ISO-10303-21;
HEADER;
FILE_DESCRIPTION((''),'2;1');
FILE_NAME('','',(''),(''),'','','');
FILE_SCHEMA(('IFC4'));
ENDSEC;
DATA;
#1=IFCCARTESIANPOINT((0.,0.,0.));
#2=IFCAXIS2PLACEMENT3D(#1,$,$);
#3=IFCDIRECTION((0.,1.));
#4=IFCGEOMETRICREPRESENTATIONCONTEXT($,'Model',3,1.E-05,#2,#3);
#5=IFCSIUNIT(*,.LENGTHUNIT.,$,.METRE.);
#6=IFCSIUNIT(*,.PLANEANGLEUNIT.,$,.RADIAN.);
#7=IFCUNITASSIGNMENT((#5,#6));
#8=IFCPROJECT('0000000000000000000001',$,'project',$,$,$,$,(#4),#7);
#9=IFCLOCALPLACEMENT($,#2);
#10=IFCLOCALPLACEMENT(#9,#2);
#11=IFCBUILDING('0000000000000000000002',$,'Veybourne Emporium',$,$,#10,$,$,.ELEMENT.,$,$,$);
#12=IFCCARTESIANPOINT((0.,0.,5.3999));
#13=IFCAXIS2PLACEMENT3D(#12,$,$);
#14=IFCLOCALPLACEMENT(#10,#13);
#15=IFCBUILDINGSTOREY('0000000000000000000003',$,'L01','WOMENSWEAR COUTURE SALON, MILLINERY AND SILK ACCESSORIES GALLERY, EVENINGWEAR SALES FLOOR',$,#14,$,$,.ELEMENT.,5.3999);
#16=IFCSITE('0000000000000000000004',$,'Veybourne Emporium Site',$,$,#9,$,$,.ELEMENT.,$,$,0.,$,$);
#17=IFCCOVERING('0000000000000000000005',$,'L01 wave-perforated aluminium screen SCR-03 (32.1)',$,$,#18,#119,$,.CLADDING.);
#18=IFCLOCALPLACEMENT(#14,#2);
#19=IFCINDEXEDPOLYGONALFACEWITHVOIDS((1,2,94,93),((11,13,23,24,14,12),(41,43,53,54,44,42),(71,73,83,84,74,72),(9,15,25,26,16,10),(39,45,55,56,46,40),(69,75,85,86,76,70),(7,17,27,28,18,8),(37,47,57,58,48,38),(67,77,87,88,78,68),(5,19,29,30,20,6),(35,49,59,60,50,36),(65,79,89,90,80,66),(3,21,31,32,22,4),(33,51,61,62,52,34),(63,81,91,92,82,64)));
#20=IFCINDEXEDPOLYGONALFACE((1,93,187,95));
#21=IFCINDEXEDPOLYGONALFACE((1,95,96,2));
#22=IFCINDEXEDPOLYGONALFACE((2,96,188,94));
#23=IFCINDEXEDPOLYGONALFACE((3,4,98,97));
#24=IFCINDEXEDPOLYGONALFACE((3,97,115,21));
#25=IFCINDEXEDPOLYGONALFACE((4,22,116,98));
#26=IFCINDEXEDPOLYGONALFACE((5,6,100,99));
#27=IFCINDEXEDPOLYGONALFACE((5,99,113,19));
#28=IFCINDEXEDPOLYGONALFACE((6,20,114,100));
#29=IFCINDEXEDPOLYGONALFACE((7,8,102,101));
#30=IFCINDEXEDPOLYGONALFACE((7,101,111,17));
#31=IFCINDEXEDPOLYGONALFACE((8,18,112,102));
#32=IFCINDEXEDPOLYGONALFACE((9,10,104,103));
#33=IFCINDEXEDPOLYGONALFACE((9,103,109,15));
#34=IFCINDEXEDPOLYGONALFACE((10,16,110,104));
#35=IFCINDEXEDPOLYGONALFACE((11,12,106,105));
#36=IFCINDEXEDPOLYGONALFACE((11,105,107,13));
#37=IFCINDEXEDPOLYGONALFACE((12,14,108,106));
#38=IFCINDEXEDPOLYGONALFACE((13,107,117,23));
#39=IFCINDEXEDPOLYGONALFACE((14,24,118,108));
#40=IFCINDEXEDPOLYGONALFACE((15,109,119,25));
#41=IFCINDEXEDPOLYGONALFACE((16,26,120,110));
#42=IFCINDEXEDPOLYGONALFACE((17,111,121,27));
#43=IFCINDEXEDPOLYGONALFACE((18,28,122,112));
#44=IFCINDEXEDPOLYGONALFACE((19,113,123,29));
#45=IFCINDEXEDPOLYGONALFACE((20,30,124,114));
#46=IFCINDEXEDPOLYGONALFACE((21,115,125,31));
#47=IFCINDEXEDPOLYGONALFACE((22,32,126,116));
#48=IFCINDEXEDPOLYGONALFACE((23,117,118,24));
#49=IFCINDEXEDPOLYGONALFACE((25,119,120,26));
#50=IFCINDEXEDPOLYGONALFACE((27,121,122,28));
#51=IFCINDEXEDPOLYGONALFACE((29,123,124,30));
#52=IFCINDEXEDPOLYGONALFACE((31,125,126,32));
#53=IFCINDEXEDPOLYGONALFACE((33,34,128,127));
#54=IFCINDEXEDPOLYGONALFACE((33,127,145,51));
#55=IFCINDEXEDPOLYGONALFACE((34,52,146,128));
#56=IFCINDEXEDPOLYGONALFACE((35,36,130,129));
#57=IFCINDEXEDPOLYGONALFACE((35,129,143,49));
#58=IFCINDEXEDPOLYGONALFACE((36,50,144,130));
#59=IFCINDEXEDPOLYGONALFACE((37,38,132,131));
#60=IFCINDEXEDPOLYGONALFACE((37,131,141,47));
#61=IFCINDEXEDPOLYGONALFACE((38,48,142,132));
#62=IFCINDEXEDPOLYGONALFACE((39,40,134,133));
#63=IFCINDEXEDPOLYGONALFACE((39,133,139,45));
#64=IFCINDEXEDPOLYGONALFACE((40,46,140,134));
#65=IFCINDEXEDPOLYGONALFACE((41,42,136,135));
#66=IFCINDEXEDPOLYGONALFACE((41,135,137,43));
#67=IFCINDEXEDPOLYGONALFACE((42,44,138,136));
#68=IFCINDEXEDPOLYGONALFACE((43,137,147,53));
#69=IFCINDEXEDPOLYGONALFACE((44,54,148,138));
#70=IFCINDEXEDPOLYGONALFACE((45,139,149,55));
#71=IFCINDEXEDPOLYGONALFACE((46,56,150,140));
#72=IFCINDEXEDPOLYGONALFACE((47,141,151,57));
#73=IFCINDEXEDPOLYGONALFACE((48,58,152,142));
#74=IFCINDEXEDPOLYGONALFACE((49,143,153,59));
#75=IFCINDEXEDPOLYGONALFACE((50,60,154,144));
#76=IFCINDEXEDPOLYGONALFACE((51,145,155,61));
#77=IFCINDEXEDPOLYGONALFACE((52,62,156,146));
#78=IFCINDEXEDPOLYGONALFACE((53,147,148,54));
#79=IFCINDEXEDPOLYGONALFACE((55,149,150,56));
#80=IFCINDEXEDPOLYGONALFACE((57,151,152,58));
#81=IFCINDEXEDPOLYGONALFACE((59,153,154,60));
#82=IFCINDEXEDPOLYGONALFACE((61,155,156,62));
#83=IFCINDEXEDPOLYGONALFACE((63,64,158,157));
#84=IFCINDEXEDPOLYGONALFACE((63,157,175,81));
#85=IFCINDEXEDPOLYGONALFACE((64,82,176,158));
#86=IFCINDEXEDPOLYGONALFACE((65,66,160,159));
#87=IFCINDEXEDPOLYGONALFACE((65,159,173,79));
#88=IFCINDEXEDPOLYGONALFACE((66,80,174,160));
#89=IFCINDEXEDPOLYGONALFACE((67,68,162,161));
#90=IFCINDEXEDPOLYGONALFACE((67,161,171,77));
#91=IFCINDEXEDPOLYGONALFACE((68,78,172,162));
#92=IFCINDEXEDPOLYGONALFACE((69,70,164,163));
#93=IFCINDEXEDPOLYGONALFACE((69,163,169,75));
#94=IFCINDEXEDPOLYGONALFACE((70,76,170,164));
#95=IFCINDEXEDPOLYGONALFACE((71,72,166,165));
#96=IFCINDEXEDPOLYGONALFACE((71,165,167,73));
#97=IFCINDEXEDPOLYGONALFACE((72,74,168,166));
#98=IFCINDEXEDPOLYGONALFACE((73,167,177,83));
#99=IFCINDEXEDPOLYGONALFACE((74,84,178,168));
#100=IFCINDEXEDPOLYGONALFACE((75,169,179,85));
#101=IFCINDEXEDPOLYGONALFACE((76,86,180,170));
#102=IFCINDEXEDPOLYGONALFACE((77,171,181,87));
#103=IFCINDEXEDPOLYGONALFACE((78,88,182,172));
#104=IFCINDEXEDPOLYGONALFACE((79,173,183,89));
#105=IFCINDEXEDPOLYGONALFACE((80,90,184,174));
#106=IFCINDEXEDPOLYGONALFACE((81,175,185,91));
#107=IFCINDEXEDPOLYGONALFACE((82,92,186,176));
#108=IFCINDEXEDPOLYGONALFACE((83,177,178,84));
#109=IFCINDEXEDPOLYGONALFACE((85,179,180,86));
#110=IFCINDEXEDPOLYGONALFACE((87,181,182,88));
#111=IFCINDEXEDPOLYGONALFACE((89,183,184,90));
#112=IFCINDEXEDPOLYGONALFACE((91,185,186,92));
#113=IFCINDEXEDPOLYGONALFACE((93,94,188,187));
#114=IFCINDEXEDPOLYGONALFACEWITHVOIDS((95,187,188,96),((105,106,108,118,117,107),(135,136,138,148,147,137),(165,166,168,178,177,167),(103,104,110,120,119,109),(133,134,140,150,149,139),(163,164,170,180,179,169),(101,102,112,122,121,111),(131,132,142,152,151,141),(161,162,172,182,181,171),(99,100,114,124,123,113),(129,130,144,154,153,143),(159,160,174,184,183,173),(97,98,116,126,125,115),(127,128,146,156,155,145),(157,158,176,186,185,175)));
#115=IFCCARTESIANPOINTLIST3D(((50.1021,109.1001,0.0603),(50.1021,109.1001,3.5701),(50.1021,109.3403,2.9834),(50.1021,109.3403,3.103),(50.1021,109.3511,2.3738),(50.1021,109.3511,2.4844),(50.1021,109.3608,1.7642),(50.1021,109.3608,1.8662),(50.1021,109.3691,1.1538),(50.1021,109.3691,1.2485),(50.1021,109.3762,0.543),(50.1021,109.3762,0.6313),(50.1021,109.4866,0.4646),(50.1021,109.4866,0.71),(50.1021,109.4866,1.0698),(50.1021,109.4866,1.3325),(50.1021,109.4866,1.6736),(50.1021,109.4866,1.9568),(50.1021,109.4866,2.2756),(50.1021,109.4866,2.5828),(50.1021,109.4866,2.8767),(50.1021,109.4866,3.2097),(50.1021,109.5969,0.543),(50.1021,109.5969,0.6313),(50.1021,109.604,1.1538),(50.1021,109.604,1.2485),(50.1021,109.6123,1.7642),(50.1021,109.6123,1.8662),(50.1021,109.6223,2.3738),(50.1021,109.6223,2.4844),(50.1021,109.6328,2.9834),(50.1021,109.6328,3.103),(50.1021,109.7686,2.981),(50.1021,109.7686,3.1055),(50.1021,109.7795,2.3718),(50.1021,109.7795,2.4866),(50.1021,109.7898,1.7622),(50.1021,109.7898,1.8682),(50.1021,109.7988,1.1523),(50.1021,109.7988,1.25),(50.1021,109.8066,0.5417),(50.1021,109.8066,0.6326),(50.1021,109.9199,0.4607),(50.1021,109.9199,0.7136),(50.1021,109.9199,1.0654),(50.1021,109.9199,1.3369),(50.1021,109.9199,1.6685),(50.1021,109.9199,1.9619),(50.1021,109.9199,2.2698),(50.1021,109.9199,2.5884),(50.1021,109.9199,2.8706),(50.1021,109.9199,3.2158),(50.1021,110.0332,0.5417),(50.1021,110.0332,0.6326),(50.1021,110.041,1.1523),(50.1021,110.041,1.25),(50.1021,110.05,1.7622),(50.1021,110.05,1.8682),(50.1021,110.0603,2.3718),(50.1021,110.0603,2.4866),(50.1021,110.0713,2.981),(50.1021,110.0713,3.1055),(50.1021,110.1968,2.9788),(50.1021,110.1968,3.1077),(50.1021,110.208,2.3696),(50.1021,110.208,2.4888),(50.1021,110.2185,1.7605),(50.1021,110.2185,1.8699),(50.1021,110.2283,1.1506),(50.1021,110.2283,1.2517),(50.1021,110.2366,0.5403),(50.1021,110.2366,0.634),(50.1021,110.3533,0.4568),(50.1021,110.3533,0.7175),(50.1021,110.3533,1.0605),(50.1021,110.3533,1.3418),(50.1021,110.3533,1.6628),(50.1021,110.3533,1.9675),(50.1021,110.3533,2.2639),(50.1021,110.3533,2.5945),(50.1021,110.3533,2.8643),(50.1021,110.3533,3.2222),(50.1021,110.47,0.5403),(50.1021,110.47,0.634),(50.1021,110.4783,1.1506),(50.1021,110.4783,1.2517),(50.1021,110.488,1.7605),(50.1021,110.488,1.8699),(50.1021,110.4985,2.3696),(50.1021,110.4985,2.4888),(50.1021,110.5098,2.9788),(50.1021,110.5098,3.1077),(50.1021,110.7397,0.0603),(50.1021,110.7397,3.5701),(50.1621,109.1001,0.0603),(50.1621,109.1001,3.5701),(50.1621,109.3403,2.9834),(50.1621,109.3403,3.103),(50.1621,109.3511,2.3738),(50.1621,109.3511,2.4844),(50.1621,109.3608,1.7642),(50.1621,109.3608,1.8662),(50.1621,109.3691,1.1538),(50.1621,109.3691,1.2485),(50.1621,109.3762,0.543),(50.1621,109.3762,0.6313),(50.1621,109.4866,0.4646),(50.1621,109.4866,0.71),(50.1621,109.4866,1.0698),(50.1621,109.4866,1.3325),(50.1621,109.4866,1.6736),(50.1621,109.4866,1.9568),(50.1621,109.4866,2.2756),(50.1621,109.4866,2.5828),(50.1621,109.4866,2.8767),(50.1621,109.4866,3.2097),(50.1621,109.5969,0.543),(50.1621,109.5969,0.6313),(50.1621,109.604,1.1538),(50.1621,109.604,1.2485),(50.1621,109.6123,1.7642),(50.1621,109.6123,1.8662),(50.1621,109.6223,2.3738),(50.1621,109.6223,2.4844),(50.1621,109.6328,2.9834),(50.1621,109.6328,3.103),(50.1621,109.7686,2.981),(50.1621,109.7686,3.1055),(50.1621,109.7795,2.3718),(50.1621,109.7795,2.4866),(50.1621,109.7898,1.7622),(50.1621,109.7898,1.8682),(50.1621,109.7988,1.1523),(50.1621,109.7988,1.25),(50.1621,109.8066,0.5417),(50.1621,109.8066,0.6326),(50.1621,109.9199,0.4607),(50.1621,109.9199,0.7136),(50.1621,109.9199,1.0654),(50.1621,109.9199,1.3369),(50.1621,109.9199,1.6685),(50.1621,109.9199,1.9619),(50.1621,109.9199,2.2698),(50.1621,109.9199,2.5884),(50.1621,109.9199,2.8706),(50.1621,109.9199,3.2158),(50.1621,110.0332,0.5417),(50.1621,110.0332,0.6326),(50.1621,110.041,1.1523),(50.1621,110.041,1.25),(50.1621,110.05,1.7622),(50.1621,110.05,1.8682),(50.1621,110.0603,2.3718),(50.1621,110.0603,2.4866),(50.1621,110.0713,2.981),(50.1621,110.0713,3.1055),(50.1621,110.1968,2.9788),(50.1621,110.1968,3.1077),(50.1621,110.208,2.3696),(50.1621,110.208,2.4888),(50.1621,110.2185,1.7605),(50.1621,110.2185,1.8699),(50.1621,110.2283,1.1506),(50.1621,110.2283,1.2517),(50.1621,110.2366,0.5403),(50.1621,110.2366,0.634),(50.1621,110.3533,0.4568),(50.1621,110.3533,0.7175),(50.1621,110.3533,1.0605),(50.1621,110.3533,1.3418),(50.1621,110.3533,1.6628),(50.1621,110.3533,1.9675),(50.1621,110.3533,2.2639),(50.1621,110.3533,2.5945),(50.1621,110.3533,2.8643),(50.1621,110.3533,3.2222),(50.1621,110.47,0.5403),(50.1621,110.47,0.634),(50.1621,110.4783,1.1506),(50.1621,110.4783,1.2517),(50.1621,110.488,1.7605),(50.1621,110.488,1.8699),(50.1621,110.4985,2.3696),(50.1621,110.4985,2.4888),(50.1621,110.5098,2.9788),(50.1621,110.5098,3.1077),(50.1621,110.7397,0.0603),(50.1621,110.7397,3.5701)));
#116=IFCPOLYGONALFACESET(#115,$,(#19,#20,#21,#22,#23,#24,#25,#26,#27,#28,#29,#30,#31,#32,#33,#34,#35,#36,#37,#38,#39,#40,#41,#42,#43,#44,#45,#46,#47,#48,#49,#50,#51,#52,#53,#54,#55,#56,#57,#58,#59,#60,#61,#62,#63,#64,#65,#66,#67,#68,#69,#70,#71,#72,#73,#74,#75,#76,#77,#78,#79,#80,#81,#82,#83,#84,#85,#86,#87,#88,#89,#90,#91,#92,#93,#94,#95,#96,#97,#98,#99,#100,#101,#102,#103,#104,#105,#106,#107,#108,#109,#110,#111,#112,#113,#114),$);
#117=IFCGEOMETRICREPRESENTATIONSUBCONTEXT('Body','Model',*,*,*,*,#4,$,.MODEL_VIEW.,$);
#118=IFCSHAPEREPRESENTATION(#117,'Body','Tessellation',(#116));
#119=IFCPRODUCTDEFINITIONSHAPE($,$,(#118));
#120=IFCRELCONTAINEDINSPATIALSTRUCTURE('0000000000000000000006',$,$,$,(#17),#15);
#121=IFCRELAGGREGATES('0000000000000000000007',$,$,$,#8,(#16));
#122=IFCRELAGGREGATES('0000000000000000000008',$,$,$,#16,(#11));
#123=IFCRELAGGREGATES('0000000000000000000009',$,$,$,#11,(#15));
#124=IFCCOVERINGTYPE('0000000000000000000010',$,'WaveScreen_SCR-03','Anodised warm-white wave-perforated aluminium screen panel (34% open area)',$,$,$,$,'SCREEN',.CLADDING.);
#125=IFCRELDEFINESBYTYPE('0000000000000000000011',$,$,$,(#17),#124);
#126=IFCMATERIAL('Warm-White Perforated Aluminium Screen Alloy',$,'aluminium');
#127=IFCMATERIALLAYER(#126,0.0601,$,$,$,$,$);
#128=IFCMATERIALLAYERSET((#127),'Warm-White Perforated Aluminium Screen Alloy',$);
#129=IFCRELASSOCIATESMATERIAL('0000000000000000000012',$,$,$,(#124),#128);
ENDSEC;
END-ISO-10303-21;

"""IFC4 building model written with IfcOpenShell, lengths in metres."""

from ifc_helpers import new_model, si_unit, direction, frame, origin, place, context, subcontext, project, spatial, polyline, outline, extrude, material, layer, layer_set, type_object, element, save


model = new_model("IFC4")

# Units and contexts
model_context = context("Model", 3, precision=1e-05, world=origin(), true_north=direction((0.0, 1.0)))
body_context = subcontext(model_context, "Body", "Model", "MODEL_VIEW")
ifc_project = project(units=[si_unit("LENGTHUNIT", "METRE"), si_unit("PLANEANGLEUNIT", "RADIAN")], contexts=[model_context])

# Site, building, storey
site_placement = place(None, origin())
site = spatial("IfcSite", under=ifc_project, at=site_placement, Name="Veybourne Emporium Site", CompositionType="ELEMENT", RefElevation=0.0)
building_placement = place(site_placement, origin())
building = spatial("IfcBuilding", under=site, at=building_placement, Name="Veybourne Emporium", CompositionType="ELEMENT")
storey_placement = place(building_placement, frame((0.0, 0.0, 5.3999)))
storey = spatial("IfcBuildingStorey", under=building, at=storey_placement, Name="L01", Description="WOMENSWEAR COUTURE SALON, MILLINERY AND SILK ACCESSORIES GALLERY, EVENINGWEAR SALES FLOOR", CompositionType="ELEMENT", Elevation=5.3999)

# Covering
ifc_material_1 = material(Name="Warm-White Perforated Aluminium Screen Alloy", Category="aluminium")
ifc_layer_1 = layer(ifc_material_1, 0.0601)
ifc_layer_set_1 = layer_set([ifc_layer_1], Name="Warm-White Perforated Aluminium Screen Alloy")
covering_type_1 = type_object("IfcCoveringType", Name="WaveScreen_SCR-03", Description="Anodised warm-white wave-perforated aluminium screen panel (34% open area)", ElementType="SCREEN", PredefinedType="CLADDING", material=ifc_layer_set_1)
covering_1_placement = place(storey_placement, frame((50.1021, 109.9199, 1.8152), z_axis=(1.0, 0.0, 0.0), x_axis=(0.0, 1.0, 0.0)))
element("IfcCovering", 1, at=covering_1_placement, inside=storey, type_object=covering_type_1, Name="L01 wave-perforated aluminium screen SCR-03 (32.1)", PredefinedType="CLADDING", context=body_context, shape_type="SweptSolid", body=[
    extrude(outline(polyline([(-0.8198, -1.7549), (0.8198, -1.7549), (0.8198, 1.7549), (-0.8198, 1.7549), (-0.8198, -1.7549)]), holes=[polyline([(-0.4333, -1.1052), (-0.323, -1.1838), (-0.323, -1.2722), (-0.4333, -1.3506), (-0.5437, -1.2722), (-0.5437, -1.1838), (-0.4333, -1.1052)]), polyline([(-0.4333, -0.4827), (-0.3159, -0.5667), (-0.3159, -0.6614), (-0.4333, -0.7454), (-0.5508, -0.6614), (-0.5508, -0.5667), (-0.4333, -0.4827)]), polyline([(-0.4333, 0.1416), (-0.3076, 0.051), (-0.3076, -0.051), (-0.4333, -0.1416), (-0.5591, -0.051), (-0.5591, 0.051), (-0.4333, 0.1416)]), polyline([(-0.4333, 0.7676), (-0.2976, 0.6692), (-0.2976, 0.5586), (-0.4333, 0.4604), (-0.5688, 0.5586), (-0.5688, 0.6692), (-0.4333, 0.7676)]), polyline([(-0.4333, 1.3945), (-0.2871, 1.2878), (-0.2871, 1.1682), (-0.4333, 1.0615), (-0.5796, 1.1682), (-0.5796, 1.2878), (-0.4333, 1.3945)]), polyline([(0.0, -1.1016), (0.1133, -1.1826), (0.1133, -1.2734), (0.0, -1.3545), (-0.1133, -1.2734), (-0.1133, -1.1826), (0.0, -1.1016)]), polyline([(0.0, -0.4783), (0.1211, -0.5652), (0.1211, -0.6628), (0.0, -0.7498), (-0.1211, -0.6628), (-0.1211, -0.5652), (0.0, -0.4783)]), polyline([(0.0, 0.1467), (0.1301, 0.053), (0.1301, -0.053), (0.0, -0.1467), (-0.1301, -0.053), (-0.1301, 0.053), (0.0, 0.1467)]), polyline([(0.0, 0.7732), (0.1404, 0.6714), (0.1404, 0.5566), (0.0, 0.4546), (-0.1404, 0.5566), (-0.1404, 0.6714), (0.0, 0.7732)]), polyline([(0.0, 1.4006), (0.1514, 1.2903), (0.1514, 1.1658), (0.0, 1.0554), (-0.1514, 1.1658), (-0.1514, 1.2903), (0.0, 1.4006)]), polyline([(0.4333, -1.0977), (0.55, -1.1812), (0.55, -1.2749), (0.4333, -1.3584), (0.3167, -1.2749), (0.3167, -1.1812), (0.4333, -1.0977)]), polyline([(0.4333, -0.4734), (0.5583, -0.5635), (0.5583, -0.6646), (0.4333, -0.7546), (0.3083, -0.6646), (0.3083, -0.5635), (0.4333, -0.4734)]), polyline([(0.4333, 0.1523), (0.5681, 0.0547), (0.5681, -0.0547), (0.4333, -0.1523), (0.2986, -0.0547), (0.2986, 0.0547), (0.4333, 0.1523)]), polyline([(0.4333, 0.7793), (0.5786, 0.6736), (0.5786, 0.5544), (0.4333, 0.4487), (0.2881, 0.5544), (0.2881, 0.6736), (0.4333, 0.7793)]), polyline([(0.4333, 1.407), (0.5898, 1.2925), (0.5898, 1.1636), (0.4333, 1.0491), (0.2769, 1.1636), (0.2769, 1.2925), (0.4333, 1.407)])]), origin(), (0.0, 0.0, 1.0), 0.0601),
])

save(model, "model.ifc")
